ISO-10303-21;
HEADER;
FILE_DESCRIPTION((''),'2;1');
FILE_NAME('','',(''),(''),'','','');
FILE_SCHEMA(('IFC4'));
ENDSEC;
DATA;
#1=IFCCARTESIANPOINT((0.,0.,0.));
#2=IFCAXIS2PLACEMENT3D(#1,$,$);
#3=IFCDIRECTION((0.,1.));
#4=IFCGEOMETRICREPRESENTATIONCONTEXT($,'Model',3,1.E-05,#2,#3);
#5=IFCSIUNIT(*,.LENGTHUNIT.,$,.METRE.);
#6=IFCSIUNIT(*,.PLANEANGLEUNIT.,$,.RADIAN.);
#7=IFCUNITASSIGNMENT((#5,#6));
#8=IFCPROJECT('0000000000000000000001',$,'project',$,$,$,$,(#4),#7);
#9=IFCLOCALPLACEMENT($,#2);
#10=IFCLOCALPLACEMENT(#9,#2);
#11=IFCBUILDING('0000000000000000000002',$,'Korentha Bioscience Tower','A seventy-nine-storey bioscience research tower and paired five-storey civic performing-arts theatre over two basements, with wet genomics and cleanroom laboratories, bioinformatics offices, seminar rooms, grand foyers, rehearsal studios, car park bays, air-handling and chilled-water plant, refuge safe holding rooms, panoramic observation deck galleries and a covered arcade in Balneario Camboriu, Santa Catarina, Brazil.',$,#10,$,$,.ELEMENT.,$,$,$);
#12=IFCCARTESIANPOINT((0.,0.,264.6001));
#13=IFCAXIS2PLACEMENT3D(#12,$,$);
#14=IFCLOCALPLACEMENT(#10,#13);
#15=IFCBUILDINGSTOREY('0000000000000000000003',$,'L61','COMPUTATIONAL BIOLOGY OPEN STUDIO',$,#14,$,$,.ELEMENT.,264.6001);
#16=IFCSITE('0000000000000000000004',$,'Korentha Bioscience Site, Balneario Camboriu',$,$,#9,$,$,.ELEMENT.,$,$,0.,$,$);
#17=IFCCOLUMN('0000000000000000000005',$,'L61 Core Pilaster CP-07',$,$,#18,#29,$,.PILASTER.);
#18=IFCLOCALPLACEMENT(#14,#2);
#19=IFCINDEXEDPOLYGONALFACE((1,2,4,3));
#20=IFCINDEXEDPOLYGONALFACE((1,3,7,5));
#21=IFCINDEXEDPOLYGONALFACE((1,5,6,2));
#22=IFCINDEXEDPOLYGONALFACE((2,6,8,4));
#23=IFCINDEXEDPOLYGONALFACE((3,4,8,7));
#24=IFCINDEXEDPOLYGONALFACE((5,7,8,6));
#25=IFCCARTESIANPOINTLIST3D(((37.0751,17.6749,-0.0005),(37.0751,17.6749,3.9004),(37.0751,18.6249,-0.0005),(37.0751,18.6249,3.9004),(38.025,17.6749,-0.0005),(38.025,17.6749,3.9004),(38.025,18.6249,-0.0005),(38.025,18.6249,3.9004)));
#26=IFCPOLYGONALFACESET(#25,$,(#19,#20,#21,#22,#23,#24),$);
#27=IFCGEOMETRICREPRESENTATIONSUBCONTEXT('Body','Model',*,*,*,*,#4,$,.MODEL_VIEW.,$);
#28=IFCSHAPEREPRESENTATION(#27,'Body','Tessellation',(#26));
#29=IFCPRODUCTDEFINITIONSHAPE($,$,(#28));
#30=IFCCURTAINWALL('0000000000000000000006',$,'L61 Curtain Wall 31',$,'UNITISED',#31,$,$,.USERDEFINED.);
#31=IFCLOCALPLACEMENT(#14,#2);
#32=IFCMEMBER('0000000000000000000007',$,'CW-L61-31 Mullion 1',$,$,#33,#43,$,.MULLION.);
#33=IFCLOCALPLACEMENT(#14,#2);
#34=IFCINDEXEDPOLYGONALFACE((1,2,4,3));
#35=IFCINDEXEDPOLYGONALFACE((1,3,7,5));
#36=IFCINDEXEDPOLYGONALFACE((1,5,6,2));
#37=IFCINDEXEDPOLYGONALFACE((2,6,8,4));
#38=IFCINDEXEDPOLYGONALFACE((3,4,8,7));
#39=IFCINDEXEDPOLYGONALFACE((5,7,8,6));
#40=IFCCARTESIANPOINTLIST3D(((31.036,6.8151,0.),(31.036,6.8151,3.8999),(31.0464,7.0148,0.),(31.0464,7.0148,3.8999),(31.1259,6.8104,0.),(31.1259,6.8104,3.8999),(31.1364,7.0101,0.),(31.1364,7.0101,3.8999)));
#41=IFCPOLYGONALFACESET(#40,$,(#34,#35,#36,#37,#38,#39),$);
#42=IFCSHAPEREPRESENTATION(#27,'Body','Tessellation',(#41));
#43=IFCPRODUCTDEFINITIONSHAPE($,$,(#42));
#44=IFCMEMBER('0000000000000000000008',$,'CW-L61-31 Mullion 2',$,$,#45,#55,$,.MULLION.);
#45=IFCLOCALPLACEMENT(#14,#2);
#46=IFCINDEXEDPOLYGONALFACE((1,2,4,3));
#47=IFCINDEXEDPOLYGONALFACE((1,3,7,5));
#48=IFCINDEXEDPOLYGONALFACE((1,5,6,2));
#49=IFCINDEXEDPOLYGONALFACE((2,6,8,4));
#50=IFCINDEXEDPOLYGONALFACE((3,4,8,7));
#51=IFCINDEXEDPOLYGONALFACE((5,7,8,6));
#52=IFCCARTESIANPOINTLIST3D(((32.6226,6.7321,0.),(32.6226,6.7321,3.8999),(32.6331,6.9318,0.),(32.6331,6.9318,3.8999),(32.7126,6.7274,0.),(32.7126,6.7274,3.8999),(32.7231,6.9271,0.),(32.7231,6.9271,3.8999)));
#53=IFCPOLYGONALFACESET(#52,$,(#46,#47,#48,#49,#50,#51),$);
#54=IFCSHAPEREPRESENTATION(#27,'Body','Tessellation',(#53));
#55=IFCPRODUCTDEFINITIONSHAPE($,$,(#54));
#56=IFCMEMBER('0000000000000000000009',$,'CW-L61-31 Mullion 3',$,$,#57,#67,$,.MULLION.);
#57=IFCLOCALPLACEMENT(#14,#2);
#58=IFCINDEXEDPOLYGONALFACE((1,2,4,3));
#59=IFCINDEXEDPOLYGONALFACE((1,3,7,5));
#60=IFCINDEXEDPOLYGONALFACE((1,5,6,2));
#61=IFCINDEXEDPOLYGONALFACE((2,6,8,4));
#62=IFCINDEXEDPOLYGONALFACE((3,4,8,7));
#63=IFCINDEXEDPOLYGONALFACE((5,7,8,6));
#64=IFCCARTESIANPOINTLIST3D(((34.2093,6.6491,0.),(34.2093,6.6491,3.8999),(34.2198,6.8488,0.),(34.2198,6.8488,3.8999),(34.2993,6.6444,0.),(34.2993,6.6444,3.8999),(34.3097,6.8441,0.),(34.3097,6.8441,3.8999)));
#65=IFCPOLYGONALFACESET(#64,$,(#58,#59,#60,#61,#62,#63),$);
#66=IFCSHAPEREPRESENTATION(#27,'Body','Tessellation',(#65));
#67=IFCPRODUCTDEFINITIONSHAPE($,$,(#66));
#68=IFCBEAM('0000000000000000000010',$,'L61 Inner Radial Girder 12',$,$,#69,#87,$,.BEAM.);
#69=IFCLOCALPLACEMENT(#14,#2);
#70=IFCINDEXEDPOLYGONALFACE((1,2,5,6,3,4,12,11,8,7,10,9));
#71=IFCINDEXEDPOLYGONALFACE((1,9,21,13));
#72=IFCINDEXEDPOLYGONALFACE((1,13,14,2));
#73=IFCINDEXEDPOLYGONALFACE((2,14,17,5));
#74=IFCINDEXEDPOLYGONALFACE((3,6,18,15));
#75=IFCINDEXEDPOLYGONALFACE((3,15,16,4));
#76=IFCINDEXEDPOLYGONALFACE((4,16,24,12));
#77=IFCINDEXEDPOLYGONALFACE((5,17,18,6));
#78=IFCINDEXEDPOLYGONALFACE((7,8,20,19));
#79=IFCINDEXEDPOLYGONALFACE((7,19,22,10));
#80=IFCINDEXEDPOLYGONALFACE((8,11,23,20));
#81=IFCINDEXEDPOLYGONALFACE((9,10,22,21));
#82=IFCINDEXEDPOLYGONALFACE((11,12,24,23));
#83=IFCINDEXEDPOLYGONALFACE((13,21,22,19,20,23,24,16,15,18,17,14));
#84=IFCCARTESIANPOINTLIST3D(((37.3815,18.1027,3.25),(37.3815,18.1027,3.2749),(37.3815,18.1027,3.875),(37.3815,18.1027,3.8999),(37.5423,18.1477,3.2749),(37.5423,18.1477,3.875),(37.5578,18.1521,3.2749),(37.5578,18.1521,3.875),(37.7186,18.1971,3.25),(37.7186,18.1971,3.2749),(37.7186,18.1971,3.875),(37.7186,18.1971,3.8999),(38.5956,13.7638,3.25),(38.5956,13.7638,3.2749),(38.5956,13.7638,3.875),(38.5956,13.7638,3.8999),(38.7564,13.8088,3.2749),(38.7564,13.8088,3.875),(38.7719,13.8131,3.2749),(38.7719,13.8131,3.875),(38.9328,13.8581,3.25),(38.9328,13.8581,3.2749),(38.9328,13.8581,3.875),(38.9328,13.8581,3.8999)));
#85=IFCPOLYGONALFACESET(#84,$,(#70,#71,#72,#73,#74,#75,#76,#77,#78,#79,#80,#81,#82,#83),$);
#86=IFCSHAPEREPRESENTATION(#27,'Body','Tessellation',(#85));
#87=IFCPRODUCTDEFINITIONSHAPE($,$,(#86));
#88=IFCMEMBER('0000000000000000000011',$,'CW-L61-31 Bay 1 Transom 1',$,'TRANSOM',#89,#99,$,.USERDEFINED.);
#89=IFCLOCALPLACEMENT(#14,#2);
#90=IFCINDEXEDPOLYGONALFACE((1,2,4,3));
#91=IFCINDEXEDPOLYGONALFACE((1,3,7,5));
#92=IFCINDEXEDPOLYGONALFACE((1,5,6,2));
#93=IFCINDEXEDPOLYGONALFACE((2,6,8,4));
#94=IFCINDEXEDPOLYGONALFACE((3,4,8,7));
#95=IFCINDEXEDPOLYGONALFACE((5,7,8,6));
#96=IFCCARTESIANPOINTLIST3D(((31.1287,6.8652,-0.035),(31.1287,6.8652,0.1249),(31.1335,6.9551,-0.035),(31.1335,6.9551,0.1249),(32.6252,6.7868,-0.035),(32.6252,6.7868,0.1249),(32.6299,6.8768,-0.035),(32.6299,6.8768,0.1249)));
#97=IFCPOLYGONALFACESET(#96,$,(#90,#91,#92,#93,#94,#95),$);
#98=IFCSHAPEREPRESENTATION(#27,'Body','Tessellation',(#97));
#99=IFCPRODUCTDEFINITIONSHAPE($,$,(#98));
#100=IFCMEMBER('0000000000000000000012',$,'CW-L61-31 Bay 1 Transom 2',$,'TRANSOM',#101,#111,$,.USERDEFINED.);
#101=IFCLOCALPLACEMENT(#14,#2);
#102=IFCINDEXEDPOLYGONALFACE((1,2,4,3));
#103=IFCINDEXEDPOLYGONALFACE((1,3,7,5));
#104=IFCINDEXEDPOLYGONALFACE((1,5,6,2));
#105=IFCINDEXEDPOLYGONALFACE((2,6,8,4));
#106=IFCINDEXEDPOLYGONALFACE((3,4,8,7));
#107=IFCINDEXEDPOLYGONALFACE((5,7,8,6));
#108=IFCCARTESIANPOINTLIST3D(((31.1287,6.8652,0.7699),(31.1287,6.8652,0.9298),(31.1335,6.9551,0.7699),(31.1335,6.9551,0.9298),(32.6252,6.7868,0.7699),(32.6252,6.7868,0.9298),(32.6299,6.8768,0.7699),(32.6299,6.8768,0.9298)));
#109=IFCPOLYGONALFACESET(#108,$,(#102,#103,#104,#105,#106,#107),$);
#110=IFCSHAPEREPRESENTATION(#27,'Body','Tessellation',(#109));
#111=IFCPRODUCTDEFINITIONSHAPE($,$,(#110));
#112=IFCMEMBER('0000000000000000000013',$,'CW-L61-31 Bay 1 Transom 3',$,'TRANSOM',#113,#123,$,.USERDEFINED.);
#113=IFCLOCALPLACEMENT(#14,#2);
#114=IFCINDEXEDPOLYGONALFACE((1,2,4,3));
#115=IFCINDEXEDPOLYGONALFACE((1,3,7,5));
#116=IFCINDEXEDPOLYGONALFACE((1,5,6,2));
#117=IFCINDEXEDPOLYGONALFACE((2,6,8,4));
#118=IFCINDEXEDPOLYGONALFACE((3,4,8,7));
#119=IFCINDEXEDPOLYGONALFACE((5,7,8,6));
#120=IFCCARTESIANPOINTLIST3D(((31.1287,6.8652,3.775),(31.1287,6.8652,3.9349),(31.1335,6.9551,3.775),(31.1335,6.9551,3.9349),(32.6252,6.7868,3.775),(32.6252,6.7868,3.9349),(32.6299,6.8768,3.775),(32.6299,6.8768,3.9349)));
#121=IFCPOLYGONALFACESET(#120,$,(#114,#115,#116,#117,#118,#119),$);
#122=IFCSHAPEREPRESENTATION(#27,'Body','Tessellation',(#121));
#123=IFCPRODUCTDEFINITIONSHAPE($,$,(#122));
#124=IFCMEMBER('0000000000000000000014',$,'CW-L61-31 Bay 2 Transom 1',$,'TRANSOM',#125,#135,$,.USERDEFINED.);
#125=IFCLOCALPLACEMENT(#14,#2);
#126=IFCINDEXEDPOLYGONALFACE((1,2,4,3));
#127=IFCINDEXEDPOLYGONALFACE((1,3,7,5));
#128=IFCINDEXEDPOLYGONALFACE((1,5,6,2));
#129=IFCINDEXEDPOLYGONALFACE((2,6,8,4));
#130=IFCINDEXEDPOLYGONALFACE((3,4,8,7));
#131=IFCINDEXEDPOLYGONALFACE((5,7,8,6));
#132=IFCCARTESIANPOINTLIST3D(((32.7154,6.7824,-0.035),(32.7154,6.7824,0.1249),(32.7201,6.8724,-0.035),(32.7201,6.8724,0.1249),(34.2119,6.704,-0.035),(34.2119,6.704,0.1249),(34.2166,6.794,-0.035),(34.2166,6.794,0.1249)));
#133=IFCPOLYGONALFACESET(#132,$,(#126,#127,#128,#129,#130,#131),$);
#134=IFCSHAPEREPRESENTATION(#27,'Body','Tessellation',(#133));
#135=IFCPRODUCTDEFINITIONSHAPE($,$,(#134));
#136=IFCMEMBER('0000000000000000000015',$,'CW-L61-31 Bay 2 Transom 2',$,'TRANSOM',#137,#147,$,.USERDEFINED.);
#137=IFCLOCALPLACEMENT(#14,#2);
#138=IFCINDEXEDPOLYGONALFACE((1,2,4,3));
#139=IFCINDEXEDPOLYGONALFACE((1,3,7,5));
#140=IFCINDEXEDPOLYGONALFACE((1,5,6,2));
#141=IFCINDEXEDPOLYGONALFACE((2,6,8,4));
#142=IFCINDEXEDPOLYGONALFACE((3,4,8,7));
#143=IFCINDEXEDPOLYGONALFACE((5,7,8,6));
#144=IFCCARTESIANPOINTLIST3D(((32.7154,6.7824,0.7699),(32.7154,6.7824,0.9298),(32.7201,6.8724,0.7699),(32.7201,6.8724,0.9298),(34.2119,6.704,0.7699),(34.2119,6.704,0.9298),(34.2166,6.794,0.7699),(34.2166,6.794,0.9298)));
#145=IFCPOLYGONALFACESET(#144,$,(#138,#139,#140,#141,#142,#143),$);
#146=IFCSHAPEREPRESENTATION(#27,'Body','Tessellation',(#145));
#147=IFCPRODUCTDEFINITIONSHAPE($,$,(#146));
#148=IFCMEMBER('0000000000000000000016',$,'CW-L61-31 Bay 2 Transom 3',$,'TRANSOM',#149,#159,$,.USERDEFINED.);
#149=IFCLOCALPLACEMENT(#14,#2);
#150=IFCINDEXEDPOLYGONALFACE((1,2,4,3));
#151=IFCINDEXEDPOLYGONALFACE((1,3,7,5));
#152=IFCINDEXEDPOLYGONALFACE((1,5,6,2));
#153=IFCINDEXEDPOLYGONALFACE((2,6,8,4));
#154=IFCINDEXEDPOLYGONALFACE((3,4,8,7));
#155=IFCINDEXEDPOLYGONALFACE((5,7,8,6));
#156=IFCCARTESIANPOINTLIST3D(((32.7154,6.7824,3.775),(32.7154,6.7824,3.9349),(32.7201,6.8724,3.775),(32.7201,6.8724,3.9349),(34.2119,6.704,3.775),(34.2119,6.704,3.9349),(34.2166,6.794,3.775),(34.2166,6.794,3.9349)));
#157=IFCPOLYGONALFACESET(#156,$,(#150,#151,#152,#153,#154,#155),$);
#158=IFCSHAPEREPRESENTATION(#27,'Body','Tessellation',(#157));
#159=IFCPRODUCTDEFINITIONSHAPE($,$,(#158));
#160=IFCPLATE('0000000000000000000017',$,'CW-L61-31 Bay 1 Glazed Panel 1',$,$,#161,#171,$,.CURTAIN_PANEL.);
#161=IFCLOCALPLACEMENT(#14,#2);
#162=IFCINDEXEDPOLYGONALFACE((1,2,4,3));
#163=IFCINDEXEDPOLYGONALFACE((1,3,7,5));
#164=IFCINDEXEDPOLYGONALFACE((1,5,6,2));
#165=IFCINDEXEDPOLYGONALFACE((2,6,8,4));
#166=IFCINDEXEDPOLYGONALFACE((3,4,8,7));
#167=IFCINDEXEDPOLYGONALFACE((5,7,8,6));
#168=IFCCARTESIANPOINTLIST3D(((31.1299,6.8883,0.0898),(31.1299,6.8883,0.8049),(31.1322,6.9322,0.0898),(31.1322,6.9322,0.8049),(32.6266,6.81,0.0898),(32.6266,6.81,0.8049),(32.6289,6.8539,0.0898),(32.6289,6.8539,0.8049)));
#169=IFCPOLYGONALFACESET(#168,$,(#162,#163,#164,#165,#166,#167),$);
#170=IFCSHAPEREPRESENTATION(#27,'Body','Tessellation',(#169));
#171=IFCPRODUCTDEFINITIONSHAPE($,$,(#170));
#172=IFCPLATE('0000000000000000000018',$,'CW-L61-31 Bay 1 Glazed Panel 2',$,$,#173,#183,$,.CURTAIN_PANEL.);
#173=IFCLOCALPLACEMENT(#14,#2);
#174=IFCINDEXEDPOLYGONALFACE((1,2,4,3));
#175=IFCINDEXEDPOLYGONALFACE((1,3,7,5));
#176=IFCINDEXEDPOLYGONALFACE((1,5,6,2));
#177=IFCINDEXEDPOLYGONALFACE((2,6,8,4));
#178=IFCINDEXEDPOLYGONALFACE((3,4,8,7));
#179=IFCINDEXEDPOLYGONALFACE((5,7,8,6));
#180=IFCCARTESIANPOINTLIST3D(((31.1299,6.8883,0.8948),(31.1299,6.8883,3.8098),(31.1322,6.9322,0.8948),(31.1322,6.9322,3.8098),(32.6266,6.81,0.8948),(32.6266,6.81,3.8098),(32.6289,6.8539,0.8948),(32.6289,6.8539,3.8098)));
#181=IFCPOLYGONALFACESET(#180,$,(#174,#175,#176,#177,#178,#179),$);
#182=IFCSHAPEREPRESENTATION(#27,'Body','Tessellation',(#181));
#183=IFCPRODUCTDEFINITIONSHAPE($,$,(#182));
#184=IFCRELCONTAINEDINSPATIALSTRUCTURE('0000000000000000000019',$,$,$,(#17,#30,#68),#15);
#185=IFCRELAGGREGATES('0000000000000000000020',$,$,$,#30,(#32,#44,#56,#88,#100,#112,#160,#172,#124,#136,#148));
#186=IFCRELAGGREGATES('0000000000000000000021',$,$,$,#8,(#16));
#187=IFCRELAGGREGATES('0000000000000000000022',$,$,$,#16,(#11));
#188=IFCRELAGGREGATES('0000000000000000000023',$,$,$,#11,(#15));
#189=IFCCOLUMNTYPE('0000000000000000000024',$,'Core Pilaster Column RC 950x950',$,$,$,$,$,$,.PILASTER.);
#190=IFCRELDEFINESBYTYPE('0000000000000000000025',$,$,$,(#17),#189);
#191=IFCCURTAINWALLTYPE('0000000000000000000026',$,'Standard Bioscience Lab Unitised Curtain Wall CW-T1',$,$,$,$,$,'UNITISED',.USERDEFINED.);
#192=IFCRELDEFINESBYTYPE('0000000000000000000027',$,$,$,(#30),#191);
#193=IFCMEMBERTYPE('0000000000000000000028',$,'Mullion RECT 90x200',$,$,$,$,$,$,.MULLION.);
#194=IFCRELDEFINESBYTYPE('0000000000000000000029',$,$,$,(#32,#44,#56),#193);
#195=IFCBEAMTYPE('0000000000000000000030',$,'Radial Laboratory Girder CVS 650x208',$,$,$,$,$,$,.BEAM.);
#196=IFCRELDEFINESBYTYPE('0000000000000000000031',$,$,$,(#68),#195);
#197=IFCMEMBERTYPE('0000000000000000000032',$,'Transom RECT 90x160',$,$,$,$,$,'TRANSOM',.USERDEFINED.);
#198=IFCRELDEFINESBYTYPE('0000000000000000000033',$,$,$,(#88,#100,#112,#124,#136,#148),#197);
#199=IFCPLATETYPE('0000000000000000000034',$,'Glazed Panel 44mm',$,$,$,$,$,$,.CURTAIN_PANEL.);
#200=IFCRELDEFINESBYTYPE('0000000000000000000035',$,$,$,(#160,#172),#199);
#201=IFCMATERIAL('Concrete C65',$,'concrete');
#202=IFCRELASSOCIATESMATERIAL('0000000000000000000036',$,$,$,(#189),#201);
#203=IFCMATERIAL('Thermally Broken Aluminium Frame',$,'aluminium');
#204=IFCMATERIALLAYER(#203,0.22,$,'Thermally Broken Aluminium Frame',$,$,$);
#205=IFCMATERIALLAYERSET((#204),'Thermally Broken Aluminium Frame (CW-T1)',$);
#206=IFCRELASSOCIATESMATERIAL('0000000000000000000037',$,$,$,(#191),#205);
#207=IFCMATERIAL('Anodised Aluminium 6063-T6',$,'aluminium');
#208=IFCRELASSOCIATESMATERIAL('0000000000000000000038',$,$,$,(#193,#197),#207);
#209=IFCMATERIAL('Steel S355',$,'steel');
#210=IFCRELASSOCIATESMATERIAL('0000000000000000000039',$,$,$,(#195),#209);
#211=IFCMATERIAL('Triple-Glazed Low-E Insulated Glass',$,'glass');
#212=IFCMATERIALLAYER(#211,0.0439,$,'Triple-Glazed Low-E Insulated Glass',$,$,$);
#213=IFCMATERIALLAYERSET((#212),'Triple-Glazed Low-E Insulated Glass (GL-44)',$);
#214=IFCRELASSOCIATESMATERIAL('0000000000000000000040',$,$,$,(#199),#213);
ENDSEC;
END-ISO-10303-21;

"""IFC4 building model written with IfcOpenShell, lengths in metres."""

from ifc_helpers import new_model, si_unit, direction, frame, origin, origin_2d, place, context, subcontext, project, spatial, rectangle, i_section, extrude, material, layer, layer_set, material_profile, profile_set, type_object, element, aggregate, save


model = new_model("IFC4")

# Units and contexts
model_context = context("Model", 3, precision=1e-05, world=origin(), true_north=direction((0.0, 1.0)))
body_context = subcontext(model_context, "Body", "Model", "MODEL_VIEW")
ifc_project = project(units=[si_unit("LENGTHUNIT", "METRE"), si_unit("PLANEANGLEUNIT", "RADIAN")], contexts=[model_context])

# Site, building, storey
site_placement = place(None, origin())
site = spatial("IfcSite", under=ifc_project, at=site_placement, Name="Korentha Bioscience Site, Balneario Camboriu", CompositionType="ELEMENT", RefElevation=0.0)
building_placement = place(site_placement, origin())
building = spatial("IfcBuilding", under=site, at=building_placement, Name="Korentha Bioscience Tower", Description="A seventy-nine-storey bioscience research tower and paired five-storey civic performing-arts theatre over two basements, with wet genomics and cleanroom laboratories, bioinformatics offices, seminar rooms, grand foyers, rehearsal studios, car park bays, air-handling and chilled-water plant, refuge safe holding rooms, panoramic observation deck galleries and a covered arcade in Balneario Camboriu, Santa Catarina, Brazil.", CompositionType="ELEMENT")
storey_placement = place(building_placement, frame((0.0, 0.0, 264.6001)))
storey = spatial("IfcBuildingStorey", under=building, at=storey_placement, Name="L61", Description="COMPUTATIONAL BIOLOGY OPEN STUDIO", CompositionType="ELEMENT", Elevation=264.6001)

# Column
ifc_material_1 = material(Name="Concrete C65", Category="concrete")
ifc_material_profile_1 = material_profile(ifc_material_1, rectangle(XDim=0.95, YDim=0.95, at=origin_2d()), Name="Concrete C65")
ifc_profile_set_1 = profile_set([ifc_material_profile_1], Name="Concrete C65 (COL-CP09)")
column_type = type_object("IfcColumnType", Name="Core Pilaster Column RC 950x950", PredefinedType="PILASTER", material=ifc_profile_set_1)
column_placement = place(storey_placement, frame((37.55, 18.1499, -0.0005), z_axis=(0.0, 0.0, 1.0), x_axis=(1.0, 0.0, 0.0)))
element("IfcColumn", 1, at=column_placement, inside=storey, type_object=column_type, Name="L61 Core Pilaster CP-07", PredefinedType="PILASTER", context=body_context, shape_type="SweptSolid", body=[
    extrude(rectangle(XDim=0.95, YDim=0.95, at=origin_2d()), origin(), (0.0, 0.0, 1.0), 3.9009),
])

# Curtain wall, members
ifc_material_2 = material(Name="Thermally Broken Aluminium Frame", Category="aluminium")
ifc_layer_1 = layer(ifc_material_2, 0.22, Name="Thermally Broken Aluminium Frame")
ifc_layer_set_1 = layer_set([ifc_layer_1], Name="Thermally Broken Aluminium Frame (CW-T1)")
curtain_wall_type = type_object("IfcCurtainWallType", Name="Standard Bioscience Lab Unitised Curtain Wall CW-T1", ElementType="UNITISED", PredefinedType="USERDEFINED", material=ifc_layer_set_1)
curtain_wall_placement = place(storey_placement, origin())
curtain_wall = element("IfcCurtainWall", 2, at=curtain_wall_placement, inside=storey, type_object=curtain_wall_type, Name="L61 Curtain Wall 31", ObjectType="UNITISED", PredefinedType="USERDEFINED")
ifc_material_3 = material(Name="Anodised Aluminium 6063-T6", Category="aluminium")
ifc_material_profile_2 = material_profile(ifc_material_3, rectangle(XDim=0.0901, YDim=0.2, at=origin_2d()), Name="Anodised Aluminium 6063-T6")
ifc_profile_set_2 = profile_set([ifc_material_profile_2], Name="Anodised Aluminium 6063-T6 (CW-MUL)")
member_type_1 = type_object("IfcMemberType", Name="Mullion RECT 90x200", PredefinedType="MULLION", material=ifc_profile_set_2)
member_1_placement = place(storey_placement, frame((31.0862, 6.9126, 0.0), z_axis=(0.0, 0.0, 1.0), x_axis=(0.998636, -0.05221, 0.0)))
member_1 = element("IfcMember", 3, at=member_1_placement, type_object=member_type_1, Name="CW-L61-31 Mullion 1", PredefinedType="MULLION", context=body_context, shape_type="SweptSolid", body=[
    extrude(rectangle(XDim=0.0901, YDim=0.2, at=origin_2d()), origin(), (0.0, 0.0, 1.0), 3.8999),
])
member_2_placement = place(storey_placement, frame((32.6729, 6.8296, 0.0), z_axis=(0.0, 0.0, 1.0), x_axis=(0.998636, -0.05221, 0.0)))
member_2 = element("IfcMember", 4, at=member_2_placement, type_object=member_type_1, Name="CW-L61-31 Mullion 2", PredefinedType="MULLION", context=body_context, shape_type="SweptSolid", body=[
    extrude(rectangle(XDim=0.0901, YDim=0.2, at=origin_2d()), origin(), (0.0, 0.0, 1.0), 3.8999),
])
member_3_placement = place(storey_placement, frame((34.2595, 6.7466, 0.0), z_axis=(0.0, 0.0, 1.0), x_axis=(0.998636, -0.05221, 0.0)))
member_3 = element("IfcMember", 5, at=member_3_placement, type_object=member_type_1, Name="CW-L61-31 Mullion 3", PredefinedType="MULLION", context=body_context, shape_type="SweptSolid", body=[
    extrude(rectangle(XDim=0.0901, YDim=0.2, at=origin_2d()), origin(), (0.0, 0.0, 1.0), 3.8999),
])

# Beam
ifc_material_4 = material(Name="Steel S355", Category="steel")
ifc_material_profile_3 = material_profile(ifc_material_4, i_section(OverallWidth=0.3501, OverallDepth=0.6499, WebThickness=0.0161, FlangeThickness=0.0249, at=origin_2d()), Name="Steel S355")
ifc_profile_set_3 = profile_set([ifc_material_profile_3], Name="Steel S355 (RB-650)")
beam_type = type_object("IfcBeamType", Name="Radial Laboratory Girder CVS 650x208", PredefinedType="BEAM", material=ifc_profile_set_3)
beam_placement = place(storey_placement, frame((37.55, 18.1499, 3.575), z_axis=(0.269471, -0.963008, 0.0), x_axis=(0.963008, 0.269471, 0.0)))
element("IfcBeam", 6, at=beam_placement, inside=storey, type_object=beam_type, Name="L61 Inner Radial Girder 12", PredefinedType="BEAM", context=body_context, shape_type="SweptSolid", body=[
    extrude(i_section(OverallWidth=0.3501, OverallDepth=0.6499, WebThickness=0.0161, FlangeThickness=0.0249, at=origin_2d()), origin(), (0.0, 0.0, 1.0), 4.5056),
])

# Members
ifc_material_profile_4 = material_profile(ifc_material_3, rectangle(XDim=0.0901, YDim=0.1599, at=origin_2d()), Name="Anodised Aluminium 6063-T6")
ifc_profile_set_4 = profile_set([ifc_material_profile_4], Name="Anodised Aluminium 6063-T6 (CW-TRN)")
member_type_2 = type_object("IfcMemberType", Name="Transom RECT 90x160", ElementType="TRANSOM", PredefinedType="USERDEFINED", material=ifc_profile_set_4)
member_4_placement = place(storey_placement, frame((31.1311, 6.9102, 0.0449), z_axis=(0.998632, -0.052294, 0.0), x_axis=(0.052294, 0.998632, 0.0)))
member_4 = element("IfcMember", 7, at=member_4_placement, type_object=member_type_2, Name="CW-L61-31 Bay 1 Transom 1", ObjectType="TRANSOM", PredefinedType="USERDEFINED", context=body_context, shape_type="SweptSolid", body=[
    extrude(rectangle(XDim=0.0901, YDim=0.1599, at=origin_2d()), origin(), (0.0, 0.0, 1.0), 1.4985),
])
member_5_placement = place(storey_placement, frame((31.1311, 6.9102, 0.8499), z_axis=(0.998632, -0.052294, 0.0), x_axis=(0.052294, 0.998632, 0.0)))
member_5 = element("IfcMember", 8, at=member_5_placement, type_object=member_type_2, Name="CW-L61-31 Bay 1 Transom 2", ObjectType="TRANSOM", PredefinedType="USERDEFINED", context=body_context, shape_type="SweptSolid", body=[
    extrude(rectangle(XDim=0.0901, YDim=0.1599, at=origin_2d()), origin(), (0.0, 0.0, 1.0), 1.4985),
])
member_6_placement = place(storey_placement, frame((31.1311, 6.9102, 3.855), z_axis=(0.998632, -0.052294, 0.0), x_axis=(0.052294, 0.998632, 0.0)))
member_6 = element("IfcMember", 9, at=member_6_placement, type_object=member_type_2, Name="CW-L61-31 Bay 1 Transom 3", ObjectType="TRANSOM", PredefinedType="USERDEFINED", context=body_context, shape_type="SweptSolid", body=[
    extrude(rectangle(XDim=0.0901, YDim=0.1599, at=origin_2d()), origin(), (0.0, 0.0, 1.0), 1.4985),
])
member_7_placement = place(storey_placement, frame((32.7178, 6.8274, 0.0449), z_axis=(0.998632, -0.052294, 0.0), x_axis=(0.052294, 0.998632, 0.0)))
member_7 = element("IfcMember", 10, at=member_7_placement, type_object=member_type_2, Name="CW-L61-31 Bay 2 Transom 1", ObjectType="TRANSOM", PredefinedType="USERDEFINED", context=body_context, shape_type="SweptSolid", body=[
    extrude(rectangle(XDim=0.0901, YDim=0.1599, at=origin_2d()), origin(), (0.0, 0.0, 1.0), 1.4985),
])
member_8_placement = place(storey_placement, frame((32.7178, 6.8274, 0.8499), z_axis=(0.998632, -0.052294, 0.0), x_axis=(0.052294, 0.998632, 0.0)))
member_8 = element("IfcMember", 11, at=member_8_placement, type_object=member_type_2, Name="CW-L61-31 Bay 2 Transom 2", ObjectType="TRANSOM", PredefinedType="USERDEFINED", context=body_context, shape_type="SweptSolid", body=[
    extrude(rectangle(XDim=0.0901, YDim=0.1599, at=origin_2d()), origin(), (0.0, 0.0, 1.0), 1.4985),
])
member_9_placement = place(storey_placement, frame((32.7178, 6.8274, 3.855), z_axis=(0.998632, -0.052294, 0.0), x_axis=(0.052294, 0.998632, 0.0)))
member_9 = element("IfcMember", 12, at=member_9_placement, type_object=member_type_2, Name="CW-L61-31 Bay 2 Transom 3", ObjectType="TRANSOM", PredefinedType="USERDEFINED", context=body_context, shape_type="SweptSolid", body=[
    extrude(rectangle(XDim=0.0901, YDim=0.1599, at=origin_2d()), origin(), (0.0, 0.0, 1.0), 1.4985),
])

# Plates
ifc_material_5 = material(Name="Triple-Glazed Low-E Insulated Glass", Category="glass")
ifc_layer_2 = layer(ifc_material_5, 0.0439, Name="Triple-Glazed Low-E Insulated Glass")
ifc_layer_set_2 = layer_set([ifc_layer_2], Name="Triple-Glazed Low-E Insulated Glass (GL-44)")
plate_type = type_object("IfcPlateType", Name="Glazed Panel 44mm", PredefinedType="CURTAIN_PANEL", material=ifc_layer_set_2)
plate_1_placement = place(storey_placement, frame((31.8794, 6.8711, 0.0898), z_axis=(0.0, 0.0, 1.0), x_axis=(0.998636, -0.05221, 0.0)))
plate_1 = element("IfcPlate", 13, at=plate_1_placement, type_object=plate_type, Name="CW-L61-31 Bay 1 Glazed Panel 1", PredefinedType="CURTAIN_PANEL", context=body_context, shape_type="SweptSolid", body=[
    extrude(rectangle(XDim=1.4988, YDim=0.0439, at=origin_2d()), origin(), (0.0, 0.0, 1.0), 0.7151),
])
plate_2_placement = place(storey_placement, frame((31.8794, 6.8711, 0.8948), z_axis=(0.0, 0.0, 1.0), x_axis=(0.998636, -0.05221, 0.0)))
plate_2 = element("IfcPlate", 14, at=plate_2_placement, type_object=plate_type, Name="CW-L61-31 Bay 1 Glazed Panel 2", PredefinedType="CURTAIN_PANEL", context=body_context, shape_type="SweptSolid", body=[
    extrude(rectangle(XDim=1.4988, YDim=0.0439, at=origin_2d()), origin(), (0.0, 0.0, 1.0), 2.915),
])
aggregate(curtain_wall, [member_1, member_2, member_3, member_4, member_5, member_6, plate_1, plate_2, member_7, member_8, member_9])

save(model, "model.ifc")
